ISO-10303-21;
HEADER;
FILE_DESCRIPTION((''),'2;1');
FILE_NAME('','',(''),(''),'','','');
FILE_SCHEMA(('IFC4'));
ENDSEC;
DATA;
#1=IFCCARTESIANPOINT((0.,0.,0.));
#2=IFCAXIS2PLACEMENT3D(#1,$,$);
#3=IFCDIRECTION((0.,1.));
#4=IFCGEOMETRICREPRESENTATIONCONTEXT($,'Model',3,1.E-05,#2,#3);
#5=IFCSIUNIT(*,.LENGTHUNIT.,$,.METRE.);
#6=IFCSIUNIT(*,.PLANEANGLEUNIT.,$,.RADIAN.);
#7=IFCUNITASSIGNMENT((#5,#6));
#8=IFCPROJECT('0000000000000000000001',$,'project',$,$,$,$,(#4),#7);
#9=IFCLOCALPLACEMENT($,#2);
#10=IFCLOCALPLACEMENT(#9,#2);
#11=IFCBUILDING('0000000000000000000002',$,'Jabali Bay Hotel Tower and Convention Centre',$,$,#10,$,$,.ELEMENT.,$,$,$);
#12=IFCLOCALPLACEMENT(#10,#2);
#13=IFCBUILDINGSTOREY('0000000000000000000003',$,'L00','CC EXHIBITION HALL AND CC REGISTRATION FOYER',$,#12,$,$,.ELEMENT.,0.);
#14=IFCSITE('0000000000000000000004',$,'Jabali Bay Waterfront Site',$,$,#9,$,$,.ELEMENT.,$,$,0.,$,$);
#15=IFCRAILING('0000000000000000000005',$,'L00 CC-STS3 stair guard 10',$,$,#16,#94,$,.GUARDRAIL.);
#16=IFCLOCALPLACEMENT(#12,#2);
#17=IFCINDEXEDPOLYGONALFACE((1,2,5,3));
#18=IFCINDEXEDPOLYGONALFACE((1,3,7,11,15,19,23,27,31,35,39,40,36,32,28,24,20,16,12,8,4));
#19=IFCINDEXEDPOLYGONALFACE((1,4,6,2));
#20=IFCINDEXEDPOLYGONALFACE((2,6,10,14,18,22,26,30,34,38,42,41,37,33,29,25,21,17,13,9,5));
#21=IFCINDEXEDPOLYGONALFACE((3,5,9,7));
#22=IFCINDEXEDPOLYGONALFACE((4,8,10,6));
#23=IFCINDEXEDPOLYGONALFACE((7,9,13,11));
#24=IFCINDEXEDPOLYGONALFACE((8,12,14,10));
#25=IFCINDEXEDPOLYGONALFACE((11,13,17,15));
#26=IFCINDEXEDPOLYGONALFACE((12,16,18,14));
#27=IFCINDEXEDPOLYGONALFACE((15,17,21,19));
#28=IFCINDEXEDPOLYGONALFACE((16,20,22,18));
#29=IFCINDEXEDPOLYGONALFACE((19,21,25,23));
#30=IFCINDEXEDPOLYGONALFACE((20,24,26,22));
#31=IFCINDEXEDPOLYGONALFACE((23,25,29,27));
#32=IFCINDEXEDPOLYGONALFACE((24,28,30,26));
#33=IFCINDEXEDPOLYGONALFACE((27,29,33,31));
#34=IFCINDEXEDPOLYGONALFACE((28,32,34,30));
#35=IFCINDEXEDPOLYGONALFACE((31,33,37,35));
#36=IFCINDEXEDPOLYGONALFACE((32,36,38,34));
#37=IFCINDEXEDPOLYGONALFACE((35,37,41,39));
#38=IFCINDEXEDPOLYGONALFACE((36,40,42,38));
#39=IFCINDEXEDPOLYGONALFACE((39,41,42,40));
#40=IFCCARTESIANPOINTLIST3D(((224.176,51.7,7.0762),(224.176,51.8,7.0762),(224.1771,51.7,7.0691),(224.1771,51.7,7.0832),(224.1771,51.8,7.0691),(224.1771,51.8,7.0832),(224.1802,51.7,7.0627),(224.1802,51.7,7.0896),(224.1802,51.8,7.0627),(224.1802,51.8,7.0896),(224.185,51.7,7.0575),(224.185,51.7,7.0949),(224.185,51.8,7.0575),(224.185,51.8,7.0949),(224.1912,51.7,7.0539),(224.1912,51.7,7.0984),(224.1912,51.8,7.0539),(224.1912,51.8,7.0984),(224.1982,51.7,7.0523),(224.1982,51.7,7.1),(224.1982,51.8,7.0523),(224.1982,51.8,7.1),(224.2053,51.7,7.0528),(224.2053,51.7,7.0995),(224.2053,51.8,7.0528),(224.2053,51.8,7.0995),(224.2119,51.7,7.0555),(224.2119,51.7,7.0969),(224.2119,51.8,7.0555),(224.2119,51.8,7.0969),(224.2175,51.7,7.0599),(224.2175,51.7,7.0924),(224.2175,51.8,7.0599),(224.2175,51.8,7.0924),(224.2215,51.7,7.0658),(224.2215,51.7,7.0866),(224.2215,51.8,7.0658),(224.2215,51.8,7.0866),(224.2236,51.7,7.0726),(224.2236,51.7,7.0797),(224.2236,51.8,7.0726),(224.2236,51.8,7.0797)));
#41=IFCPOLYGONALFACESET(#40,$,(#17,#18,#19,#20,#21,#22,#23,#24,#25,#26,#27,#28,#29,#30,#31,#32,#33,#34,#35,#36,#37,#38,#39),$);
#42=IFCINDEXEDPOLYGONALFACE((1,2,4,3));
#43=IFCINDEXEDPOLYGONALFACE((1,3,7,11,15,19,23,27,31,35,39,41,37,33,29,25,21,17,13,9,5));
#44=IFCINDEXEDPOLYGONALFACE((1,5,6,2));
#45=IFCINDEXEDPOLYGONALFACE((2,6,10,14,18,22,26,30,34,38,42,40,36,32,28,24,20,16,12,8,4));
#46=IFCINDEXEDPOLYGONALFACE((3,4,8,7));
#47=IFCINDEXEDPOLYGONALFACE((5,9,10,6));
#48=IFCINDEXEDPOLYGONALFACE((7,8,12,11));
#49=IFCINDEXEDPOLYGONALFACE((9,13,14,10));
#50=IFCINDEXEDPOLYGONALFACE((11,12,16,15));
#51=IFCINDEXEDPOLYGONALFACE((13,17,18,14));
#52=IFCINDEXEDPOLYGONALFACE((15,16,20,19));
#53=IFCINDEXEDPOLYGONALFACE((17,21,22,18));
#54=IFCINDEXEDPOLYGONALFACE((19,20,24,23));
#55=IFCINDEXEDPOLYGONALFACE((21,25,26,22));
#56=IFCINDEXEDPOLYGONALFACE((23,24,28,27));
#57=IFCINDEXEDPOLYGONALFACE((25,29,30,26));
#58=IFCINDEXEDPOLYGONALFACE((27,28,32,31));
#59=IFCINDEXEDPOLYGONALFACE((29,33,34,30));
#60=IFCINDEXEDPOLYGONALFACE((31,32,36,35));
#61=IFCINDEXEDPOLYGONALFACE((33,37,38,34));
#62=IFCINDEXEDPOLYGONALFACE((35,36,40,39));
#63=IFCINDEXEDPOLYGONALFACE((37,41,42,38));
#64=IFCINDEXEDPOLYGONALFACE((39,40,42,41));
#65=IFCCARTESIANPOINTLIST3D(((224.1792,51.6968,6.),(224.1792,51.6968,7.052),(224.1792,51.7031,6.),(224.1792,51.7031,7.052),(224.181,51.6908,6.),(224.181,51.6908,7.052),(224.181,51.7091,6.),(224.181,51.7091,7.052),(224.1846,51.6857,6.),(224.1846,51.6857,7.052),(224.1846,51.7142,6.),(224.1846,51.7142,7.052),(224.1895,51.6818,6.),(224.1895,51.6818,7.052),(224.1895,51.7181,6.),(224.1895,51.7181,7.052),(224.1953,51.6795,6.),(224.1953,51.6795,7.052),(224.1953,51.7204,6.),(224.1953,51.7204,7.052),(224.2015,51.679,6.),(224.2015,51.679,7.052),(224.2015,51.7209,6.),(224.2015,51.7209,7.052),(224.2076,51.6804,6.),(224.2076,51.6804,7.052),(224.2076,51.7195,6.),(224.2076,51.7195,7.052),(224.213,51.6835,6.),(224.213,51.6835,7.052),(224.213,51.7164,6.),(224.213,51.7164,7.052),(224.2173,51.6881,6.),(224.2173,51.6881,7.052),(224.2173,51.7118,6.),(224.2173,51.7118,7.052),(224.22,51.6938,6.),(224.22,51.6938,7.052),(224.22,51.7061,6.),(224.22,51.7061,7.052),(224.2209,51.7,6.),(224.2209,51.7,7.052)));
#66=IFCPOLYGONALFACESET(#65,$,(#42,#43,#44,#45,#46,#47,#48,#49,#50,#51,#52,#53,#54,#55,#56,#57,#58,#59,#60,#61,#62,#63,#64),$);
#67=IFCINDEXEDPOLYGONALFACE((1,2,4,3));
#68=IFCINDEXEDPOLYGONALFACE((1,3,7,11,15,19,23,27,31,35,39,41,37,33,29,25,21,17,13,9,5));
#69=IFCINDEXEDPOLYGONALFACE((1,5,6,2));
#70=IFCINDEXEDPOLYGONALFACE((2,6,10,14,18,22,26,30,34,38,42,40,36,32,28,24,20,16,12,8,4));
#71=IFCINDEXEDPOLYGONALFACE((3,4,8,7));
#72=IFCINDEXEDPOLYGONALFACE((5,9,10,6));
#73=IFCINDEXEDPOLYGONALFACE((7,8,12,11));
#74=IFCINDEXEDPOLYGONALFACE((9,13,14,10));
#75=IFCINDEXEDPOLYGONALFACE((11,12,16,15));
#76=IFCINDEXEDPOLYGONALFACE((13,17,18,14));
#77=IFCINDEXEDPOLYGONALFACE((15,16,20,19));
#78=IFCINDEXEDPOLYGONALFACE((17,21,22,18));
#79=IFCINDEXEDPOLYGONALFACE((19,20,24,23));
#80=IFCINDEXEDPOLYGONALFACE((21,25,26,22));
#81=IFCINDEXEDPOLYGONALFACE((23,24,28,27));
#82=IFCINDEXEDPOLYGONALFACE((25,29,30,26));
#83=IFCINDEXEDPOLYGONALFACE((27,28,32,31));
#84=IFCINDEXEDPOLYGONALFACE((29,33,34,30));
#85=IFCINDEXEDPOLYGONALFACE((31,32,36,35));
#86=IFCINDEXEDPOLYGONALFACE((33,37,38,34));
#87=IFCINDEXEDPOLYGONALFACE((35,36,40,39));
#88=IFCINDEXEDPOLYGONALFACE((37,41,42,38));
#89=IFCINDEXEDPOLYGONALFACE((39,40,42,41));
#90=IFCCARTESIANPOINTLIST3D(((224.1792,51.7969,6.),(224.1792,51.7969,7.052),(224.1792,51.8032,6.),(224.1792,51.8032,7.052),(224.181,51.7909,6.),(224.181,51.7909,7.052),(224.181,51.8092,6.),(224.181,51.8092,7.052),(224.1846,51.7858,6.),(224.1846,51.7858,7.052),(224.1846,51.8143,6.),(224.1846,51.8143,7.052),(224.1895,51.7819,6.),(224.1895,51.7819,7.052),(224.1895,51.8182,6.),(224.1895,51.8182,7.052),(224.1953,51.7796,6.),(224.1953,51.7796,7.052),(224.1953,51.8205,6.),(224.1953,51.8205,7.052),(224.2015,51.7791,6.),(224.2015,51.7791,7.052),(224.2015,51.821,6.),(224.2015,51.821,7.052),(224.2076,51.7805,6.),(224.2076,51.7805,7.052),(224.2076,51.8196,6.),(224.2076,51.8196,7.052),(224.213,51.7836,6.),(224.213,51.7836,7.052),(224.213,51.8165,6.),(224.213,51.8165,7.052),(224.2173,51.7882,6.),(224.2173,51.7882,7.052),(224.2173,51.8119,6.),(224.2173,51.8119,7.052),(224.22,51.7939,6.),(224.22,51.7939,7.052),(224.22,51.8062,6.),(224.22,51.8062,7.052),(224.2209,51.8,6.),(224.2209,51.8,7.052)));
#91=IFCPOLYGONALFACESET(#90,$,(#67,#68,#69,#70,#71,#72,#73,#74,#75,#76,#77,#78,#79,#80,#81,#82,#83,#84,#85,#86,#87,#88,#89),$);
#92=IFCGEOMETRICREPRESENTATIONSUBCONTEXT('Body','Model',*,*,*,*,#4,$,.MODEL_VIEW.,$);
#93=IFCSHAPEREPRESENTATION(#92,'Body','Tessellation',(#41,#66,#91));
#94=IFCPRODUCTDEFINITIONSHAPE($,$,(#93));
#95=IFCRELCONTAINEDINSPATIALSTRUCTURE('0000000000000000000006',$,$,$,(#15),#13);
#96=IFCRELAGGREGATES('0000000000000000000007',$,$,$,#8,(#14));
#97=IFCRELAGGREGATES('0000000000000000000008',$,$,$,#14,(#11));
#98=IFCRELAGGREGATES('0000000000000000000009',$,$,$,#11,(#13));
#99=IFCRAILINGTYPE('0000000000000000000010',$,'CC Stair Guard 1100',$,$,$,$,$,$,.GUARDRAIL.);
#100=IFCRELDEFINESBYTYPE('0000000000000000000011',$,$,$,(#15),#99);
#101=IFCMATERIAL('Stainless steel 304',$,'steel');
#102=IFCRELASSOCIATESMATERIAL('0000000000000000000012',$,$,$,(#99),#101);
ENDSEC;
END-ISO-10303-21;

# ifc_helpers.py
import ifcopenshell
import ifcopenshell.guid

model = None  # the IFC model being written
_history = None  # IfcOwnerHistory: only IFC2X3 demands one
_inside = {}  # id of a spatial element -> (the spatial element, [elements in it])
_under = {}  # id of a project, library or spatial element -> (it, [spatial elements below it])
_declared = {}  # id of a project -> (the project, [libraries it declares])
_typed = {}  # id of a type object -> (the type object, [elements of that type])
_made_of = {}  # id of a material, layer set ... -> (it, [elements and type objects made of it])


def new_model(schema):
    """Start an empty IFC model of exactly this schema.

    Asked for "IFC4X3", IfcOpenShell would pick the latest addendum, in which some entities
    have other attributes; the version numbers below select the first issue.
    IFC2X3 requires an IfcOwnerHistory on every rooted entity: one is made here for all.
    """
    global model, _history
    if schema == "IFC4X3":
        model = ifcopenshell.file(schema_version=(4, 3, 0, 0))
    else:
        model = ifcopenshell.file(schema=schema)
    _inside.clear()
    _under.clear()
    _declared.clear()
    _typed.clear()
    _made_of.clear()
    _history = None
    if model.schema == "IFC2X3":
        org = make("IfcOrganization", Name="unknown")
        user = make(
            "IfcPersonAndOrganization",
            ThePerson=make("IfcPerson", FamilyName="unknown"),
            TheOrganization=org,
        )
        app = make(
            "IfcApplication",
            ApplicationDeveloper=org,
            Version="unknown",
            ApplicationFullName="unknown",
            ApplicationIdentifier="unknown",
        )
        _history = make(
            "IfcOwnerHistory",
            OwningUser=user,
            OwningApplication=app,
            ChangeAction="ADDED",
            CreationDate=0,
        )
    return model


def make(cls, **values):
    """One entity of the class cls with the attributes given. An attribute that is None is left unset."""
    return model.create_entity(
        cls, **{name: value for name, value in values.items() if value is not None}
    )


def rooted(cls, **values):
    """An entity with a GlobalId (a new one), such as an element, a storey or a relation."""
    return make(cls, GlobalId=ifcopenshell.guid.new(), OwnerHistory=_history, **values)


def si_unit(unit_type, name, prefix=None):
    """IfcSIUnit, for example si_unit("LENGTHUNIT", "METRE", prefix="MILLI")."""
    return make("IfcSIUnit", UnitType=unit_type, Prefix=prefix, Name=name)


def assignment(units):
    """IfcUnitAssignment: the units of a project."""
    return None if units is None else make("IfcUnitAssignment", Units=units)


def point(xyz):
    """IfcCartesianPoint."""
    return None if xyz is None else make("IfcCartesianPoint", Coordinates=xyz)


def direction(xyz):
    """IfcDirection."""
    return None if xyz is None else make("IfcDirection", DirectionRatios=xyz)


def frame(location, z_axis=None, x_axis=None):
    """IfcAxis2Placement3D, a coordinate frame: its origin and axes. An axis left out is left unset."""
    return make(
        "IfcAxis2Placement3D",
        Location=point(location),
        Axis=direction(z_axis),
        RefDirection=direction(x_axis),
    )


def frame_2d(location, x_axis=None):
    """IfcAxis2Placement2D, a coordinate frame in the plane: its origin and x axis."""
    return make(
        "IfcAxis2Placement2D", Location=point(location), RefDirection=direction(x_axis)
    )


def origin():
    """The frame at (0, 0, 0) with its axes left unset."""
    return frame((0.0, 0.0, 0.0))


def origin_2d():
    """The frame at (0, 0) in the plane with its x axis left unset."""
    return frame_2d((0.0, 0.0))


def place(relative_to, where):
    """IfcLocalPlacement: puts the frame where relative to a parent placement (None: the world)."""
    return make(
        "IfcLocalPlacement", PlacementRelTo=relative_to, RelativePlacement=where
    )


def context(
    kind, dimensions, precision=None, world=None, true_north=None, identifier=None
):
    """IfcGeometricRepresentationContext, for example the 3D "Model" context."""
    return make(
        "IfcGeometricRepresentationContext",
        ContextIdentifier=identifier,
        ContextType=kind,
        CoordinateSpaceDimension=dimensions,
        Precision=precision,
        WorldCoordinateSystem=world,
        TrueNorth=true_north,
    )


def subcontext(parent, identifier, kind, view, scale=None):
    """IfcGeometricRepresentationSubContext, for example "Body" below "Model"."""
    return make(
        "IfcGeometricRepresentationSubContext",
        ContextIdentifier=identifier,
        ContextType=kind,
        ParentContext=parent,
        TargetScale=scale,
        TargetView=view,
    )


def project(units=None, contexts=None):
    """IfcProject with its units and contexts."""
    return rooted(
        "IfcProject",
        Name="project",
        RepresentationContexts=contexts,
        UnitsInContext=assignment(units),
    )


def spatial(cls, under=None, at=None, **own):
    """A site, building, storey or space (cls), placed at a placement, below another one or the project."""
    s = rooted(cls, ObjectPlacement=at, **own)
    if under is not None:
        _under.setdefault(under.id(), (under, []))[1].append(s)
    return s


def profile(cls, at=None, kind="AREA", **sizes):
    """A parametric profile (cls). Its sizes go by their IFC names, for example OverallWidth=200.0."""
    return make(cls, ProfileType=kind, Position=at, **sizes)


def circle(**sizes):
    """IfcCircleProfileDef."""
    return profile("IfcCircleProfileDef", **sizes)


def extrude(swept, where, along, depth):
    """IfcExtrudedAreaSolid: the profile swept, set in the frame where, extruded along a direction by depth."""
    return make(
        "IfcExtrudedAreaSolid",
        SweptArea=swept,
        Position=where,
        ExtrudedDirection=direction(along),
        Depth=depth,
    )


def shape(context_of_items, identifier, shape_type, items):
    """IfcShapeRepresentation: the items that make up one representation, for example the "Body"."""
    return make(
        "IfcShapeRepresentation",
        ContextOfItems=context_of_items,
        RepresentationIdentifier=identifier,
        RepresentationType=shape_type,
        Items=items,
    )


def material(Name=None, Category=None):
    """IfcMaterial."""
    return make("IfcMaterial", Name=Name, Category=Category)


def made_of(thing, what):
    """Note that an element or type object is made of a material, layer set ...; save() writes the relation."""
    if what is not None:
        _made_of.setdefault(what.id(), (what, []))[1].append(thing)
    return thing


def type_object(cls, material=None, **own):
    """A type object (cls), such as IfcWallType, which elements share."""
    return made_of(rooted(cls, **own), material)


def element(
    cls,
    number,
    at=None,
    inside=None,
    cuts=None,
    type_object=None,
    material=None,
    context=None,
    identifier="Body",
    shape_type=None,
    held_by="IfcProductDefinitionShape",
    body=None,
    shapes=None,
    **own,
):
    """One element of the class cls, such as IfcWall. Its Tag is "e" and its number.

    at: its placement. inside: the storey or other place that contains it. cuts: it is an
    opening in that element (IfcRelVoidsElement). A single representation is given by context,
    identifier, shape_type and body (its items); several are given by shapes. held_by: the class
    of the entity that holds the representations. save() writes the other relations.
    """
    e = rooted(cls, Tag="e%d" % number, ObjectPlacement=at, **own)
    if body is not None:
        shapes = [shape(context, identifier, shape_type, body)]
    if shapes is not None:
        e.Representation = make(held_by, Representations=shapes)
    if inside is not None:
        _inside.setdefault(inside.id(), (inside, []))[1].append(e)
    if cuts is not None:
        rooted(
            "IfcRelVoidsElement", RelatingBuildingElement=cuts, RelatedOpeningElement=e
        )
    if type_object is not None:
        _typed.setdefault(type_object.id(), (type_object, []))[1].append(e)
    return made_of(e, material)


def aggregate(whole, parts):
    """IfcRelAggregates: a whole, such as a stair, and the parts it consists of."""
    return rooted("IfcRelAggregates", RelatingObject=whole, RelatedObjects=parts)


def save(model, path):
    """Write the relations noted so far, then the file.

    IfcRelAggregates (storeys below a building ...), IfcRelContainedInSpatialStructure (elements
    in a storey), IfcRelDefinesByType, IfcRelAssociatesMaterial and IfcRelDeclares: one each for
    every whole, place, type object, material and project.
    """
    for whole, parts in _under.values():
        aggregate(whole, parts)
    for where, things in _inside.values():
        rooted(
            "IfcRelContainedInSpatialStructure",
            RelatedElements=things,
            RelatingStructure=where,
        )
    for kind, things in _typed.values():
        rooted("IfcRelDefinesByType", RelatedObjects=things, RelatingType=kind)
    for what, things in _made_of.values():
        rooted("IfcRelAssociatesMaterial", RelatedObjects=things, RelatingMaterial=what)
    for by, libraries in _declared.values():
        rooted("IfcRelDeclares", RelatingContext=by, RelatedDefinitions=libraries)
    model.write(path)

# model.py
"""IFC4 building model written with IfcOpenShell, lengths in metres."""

from ifc_helpers import new_model, si_unit, direction, frame, origin, origin_2d, place, context, subcontext, project, spatial, circle, extrude, material, type_object, element, save


model = new_model("IFC4")

# Units and contexts
model_context = context("Model", 3, precision=1e-05, world=origin(), true_north=direction((0.0, 1.0)))
body_context = subcontext(model_context, "Body", "Model", "MODEL_VIEW")
ifc_project = project(units=[si_unit("LENGTHUNIT", "METRE"), si_unit("PLANEANGLEUNIT", "RADIAN")], contexts=[model_context])

# Site, building, storey
site_placement = place(None, origin())
site = spatial("IfcSite", under=ifc_project, at=site_placement, Name="Jabali Bay Waterfront Site", CompositionType="ELEMENT", RefElevation=0.0)
building_placement = place(site_placement, origin())
building = spatial("IfcBuilding", under=site, at=building_placement, Name="Jabali Bay Hotel Tower and Convention Centre", CompositionType="ELEMENT")
storey_placement = place(building_placement, origin())
storey = spatial("IfcBuildingStorey", under=building, at=storey_placement, Name="L00", Description="CC EXHIBITION HALL AND CC REGISTRATION FOYER", CompositionType="ELEMENT", Elevation=0.0)

# Railing
ifc_material_1 = material(Name="Stainless steel 304", Category="steel")
railing_type_1 = type_object("IfcRailingType", Name="CC Stair Guard 1100", PredefinedType="GUARDRAIL", material=ifc_material_1)
railing_1_placement = place(storey_placement, frame((224.2, 51.7, 6.0)))
element("IfcRailing", 1, at=railing_1_placement, inside=storey, type_object=railing_type_1, Name="L00 CC-STS3 stair guard 10", PredefinedType="GUARDRAIL", context=body_context, shape_type="SweptSolid", body=[
    extrude(circle(Radius=0.0239, at=origin_2d()), frame((0.0, 0.0, 1.0762), z_axis=(0.0, 1.0, 0.0), x_axis=(-1.0, 0.0, 0.0)), (0.0, 0.0, 1.0), 0.1001),
    extrude(circle(Radius=0.021, at=origin_2d()), origin(), (0.0, 0.0, 1.0), 1.052),
    extrude(circle(Radius=0.021, at=origin_2d()), frame((0.0, 0.1001, 0.0)), (0.0, 0.0, 1.0), 1.052),
])

save(model, "model.ifc")
